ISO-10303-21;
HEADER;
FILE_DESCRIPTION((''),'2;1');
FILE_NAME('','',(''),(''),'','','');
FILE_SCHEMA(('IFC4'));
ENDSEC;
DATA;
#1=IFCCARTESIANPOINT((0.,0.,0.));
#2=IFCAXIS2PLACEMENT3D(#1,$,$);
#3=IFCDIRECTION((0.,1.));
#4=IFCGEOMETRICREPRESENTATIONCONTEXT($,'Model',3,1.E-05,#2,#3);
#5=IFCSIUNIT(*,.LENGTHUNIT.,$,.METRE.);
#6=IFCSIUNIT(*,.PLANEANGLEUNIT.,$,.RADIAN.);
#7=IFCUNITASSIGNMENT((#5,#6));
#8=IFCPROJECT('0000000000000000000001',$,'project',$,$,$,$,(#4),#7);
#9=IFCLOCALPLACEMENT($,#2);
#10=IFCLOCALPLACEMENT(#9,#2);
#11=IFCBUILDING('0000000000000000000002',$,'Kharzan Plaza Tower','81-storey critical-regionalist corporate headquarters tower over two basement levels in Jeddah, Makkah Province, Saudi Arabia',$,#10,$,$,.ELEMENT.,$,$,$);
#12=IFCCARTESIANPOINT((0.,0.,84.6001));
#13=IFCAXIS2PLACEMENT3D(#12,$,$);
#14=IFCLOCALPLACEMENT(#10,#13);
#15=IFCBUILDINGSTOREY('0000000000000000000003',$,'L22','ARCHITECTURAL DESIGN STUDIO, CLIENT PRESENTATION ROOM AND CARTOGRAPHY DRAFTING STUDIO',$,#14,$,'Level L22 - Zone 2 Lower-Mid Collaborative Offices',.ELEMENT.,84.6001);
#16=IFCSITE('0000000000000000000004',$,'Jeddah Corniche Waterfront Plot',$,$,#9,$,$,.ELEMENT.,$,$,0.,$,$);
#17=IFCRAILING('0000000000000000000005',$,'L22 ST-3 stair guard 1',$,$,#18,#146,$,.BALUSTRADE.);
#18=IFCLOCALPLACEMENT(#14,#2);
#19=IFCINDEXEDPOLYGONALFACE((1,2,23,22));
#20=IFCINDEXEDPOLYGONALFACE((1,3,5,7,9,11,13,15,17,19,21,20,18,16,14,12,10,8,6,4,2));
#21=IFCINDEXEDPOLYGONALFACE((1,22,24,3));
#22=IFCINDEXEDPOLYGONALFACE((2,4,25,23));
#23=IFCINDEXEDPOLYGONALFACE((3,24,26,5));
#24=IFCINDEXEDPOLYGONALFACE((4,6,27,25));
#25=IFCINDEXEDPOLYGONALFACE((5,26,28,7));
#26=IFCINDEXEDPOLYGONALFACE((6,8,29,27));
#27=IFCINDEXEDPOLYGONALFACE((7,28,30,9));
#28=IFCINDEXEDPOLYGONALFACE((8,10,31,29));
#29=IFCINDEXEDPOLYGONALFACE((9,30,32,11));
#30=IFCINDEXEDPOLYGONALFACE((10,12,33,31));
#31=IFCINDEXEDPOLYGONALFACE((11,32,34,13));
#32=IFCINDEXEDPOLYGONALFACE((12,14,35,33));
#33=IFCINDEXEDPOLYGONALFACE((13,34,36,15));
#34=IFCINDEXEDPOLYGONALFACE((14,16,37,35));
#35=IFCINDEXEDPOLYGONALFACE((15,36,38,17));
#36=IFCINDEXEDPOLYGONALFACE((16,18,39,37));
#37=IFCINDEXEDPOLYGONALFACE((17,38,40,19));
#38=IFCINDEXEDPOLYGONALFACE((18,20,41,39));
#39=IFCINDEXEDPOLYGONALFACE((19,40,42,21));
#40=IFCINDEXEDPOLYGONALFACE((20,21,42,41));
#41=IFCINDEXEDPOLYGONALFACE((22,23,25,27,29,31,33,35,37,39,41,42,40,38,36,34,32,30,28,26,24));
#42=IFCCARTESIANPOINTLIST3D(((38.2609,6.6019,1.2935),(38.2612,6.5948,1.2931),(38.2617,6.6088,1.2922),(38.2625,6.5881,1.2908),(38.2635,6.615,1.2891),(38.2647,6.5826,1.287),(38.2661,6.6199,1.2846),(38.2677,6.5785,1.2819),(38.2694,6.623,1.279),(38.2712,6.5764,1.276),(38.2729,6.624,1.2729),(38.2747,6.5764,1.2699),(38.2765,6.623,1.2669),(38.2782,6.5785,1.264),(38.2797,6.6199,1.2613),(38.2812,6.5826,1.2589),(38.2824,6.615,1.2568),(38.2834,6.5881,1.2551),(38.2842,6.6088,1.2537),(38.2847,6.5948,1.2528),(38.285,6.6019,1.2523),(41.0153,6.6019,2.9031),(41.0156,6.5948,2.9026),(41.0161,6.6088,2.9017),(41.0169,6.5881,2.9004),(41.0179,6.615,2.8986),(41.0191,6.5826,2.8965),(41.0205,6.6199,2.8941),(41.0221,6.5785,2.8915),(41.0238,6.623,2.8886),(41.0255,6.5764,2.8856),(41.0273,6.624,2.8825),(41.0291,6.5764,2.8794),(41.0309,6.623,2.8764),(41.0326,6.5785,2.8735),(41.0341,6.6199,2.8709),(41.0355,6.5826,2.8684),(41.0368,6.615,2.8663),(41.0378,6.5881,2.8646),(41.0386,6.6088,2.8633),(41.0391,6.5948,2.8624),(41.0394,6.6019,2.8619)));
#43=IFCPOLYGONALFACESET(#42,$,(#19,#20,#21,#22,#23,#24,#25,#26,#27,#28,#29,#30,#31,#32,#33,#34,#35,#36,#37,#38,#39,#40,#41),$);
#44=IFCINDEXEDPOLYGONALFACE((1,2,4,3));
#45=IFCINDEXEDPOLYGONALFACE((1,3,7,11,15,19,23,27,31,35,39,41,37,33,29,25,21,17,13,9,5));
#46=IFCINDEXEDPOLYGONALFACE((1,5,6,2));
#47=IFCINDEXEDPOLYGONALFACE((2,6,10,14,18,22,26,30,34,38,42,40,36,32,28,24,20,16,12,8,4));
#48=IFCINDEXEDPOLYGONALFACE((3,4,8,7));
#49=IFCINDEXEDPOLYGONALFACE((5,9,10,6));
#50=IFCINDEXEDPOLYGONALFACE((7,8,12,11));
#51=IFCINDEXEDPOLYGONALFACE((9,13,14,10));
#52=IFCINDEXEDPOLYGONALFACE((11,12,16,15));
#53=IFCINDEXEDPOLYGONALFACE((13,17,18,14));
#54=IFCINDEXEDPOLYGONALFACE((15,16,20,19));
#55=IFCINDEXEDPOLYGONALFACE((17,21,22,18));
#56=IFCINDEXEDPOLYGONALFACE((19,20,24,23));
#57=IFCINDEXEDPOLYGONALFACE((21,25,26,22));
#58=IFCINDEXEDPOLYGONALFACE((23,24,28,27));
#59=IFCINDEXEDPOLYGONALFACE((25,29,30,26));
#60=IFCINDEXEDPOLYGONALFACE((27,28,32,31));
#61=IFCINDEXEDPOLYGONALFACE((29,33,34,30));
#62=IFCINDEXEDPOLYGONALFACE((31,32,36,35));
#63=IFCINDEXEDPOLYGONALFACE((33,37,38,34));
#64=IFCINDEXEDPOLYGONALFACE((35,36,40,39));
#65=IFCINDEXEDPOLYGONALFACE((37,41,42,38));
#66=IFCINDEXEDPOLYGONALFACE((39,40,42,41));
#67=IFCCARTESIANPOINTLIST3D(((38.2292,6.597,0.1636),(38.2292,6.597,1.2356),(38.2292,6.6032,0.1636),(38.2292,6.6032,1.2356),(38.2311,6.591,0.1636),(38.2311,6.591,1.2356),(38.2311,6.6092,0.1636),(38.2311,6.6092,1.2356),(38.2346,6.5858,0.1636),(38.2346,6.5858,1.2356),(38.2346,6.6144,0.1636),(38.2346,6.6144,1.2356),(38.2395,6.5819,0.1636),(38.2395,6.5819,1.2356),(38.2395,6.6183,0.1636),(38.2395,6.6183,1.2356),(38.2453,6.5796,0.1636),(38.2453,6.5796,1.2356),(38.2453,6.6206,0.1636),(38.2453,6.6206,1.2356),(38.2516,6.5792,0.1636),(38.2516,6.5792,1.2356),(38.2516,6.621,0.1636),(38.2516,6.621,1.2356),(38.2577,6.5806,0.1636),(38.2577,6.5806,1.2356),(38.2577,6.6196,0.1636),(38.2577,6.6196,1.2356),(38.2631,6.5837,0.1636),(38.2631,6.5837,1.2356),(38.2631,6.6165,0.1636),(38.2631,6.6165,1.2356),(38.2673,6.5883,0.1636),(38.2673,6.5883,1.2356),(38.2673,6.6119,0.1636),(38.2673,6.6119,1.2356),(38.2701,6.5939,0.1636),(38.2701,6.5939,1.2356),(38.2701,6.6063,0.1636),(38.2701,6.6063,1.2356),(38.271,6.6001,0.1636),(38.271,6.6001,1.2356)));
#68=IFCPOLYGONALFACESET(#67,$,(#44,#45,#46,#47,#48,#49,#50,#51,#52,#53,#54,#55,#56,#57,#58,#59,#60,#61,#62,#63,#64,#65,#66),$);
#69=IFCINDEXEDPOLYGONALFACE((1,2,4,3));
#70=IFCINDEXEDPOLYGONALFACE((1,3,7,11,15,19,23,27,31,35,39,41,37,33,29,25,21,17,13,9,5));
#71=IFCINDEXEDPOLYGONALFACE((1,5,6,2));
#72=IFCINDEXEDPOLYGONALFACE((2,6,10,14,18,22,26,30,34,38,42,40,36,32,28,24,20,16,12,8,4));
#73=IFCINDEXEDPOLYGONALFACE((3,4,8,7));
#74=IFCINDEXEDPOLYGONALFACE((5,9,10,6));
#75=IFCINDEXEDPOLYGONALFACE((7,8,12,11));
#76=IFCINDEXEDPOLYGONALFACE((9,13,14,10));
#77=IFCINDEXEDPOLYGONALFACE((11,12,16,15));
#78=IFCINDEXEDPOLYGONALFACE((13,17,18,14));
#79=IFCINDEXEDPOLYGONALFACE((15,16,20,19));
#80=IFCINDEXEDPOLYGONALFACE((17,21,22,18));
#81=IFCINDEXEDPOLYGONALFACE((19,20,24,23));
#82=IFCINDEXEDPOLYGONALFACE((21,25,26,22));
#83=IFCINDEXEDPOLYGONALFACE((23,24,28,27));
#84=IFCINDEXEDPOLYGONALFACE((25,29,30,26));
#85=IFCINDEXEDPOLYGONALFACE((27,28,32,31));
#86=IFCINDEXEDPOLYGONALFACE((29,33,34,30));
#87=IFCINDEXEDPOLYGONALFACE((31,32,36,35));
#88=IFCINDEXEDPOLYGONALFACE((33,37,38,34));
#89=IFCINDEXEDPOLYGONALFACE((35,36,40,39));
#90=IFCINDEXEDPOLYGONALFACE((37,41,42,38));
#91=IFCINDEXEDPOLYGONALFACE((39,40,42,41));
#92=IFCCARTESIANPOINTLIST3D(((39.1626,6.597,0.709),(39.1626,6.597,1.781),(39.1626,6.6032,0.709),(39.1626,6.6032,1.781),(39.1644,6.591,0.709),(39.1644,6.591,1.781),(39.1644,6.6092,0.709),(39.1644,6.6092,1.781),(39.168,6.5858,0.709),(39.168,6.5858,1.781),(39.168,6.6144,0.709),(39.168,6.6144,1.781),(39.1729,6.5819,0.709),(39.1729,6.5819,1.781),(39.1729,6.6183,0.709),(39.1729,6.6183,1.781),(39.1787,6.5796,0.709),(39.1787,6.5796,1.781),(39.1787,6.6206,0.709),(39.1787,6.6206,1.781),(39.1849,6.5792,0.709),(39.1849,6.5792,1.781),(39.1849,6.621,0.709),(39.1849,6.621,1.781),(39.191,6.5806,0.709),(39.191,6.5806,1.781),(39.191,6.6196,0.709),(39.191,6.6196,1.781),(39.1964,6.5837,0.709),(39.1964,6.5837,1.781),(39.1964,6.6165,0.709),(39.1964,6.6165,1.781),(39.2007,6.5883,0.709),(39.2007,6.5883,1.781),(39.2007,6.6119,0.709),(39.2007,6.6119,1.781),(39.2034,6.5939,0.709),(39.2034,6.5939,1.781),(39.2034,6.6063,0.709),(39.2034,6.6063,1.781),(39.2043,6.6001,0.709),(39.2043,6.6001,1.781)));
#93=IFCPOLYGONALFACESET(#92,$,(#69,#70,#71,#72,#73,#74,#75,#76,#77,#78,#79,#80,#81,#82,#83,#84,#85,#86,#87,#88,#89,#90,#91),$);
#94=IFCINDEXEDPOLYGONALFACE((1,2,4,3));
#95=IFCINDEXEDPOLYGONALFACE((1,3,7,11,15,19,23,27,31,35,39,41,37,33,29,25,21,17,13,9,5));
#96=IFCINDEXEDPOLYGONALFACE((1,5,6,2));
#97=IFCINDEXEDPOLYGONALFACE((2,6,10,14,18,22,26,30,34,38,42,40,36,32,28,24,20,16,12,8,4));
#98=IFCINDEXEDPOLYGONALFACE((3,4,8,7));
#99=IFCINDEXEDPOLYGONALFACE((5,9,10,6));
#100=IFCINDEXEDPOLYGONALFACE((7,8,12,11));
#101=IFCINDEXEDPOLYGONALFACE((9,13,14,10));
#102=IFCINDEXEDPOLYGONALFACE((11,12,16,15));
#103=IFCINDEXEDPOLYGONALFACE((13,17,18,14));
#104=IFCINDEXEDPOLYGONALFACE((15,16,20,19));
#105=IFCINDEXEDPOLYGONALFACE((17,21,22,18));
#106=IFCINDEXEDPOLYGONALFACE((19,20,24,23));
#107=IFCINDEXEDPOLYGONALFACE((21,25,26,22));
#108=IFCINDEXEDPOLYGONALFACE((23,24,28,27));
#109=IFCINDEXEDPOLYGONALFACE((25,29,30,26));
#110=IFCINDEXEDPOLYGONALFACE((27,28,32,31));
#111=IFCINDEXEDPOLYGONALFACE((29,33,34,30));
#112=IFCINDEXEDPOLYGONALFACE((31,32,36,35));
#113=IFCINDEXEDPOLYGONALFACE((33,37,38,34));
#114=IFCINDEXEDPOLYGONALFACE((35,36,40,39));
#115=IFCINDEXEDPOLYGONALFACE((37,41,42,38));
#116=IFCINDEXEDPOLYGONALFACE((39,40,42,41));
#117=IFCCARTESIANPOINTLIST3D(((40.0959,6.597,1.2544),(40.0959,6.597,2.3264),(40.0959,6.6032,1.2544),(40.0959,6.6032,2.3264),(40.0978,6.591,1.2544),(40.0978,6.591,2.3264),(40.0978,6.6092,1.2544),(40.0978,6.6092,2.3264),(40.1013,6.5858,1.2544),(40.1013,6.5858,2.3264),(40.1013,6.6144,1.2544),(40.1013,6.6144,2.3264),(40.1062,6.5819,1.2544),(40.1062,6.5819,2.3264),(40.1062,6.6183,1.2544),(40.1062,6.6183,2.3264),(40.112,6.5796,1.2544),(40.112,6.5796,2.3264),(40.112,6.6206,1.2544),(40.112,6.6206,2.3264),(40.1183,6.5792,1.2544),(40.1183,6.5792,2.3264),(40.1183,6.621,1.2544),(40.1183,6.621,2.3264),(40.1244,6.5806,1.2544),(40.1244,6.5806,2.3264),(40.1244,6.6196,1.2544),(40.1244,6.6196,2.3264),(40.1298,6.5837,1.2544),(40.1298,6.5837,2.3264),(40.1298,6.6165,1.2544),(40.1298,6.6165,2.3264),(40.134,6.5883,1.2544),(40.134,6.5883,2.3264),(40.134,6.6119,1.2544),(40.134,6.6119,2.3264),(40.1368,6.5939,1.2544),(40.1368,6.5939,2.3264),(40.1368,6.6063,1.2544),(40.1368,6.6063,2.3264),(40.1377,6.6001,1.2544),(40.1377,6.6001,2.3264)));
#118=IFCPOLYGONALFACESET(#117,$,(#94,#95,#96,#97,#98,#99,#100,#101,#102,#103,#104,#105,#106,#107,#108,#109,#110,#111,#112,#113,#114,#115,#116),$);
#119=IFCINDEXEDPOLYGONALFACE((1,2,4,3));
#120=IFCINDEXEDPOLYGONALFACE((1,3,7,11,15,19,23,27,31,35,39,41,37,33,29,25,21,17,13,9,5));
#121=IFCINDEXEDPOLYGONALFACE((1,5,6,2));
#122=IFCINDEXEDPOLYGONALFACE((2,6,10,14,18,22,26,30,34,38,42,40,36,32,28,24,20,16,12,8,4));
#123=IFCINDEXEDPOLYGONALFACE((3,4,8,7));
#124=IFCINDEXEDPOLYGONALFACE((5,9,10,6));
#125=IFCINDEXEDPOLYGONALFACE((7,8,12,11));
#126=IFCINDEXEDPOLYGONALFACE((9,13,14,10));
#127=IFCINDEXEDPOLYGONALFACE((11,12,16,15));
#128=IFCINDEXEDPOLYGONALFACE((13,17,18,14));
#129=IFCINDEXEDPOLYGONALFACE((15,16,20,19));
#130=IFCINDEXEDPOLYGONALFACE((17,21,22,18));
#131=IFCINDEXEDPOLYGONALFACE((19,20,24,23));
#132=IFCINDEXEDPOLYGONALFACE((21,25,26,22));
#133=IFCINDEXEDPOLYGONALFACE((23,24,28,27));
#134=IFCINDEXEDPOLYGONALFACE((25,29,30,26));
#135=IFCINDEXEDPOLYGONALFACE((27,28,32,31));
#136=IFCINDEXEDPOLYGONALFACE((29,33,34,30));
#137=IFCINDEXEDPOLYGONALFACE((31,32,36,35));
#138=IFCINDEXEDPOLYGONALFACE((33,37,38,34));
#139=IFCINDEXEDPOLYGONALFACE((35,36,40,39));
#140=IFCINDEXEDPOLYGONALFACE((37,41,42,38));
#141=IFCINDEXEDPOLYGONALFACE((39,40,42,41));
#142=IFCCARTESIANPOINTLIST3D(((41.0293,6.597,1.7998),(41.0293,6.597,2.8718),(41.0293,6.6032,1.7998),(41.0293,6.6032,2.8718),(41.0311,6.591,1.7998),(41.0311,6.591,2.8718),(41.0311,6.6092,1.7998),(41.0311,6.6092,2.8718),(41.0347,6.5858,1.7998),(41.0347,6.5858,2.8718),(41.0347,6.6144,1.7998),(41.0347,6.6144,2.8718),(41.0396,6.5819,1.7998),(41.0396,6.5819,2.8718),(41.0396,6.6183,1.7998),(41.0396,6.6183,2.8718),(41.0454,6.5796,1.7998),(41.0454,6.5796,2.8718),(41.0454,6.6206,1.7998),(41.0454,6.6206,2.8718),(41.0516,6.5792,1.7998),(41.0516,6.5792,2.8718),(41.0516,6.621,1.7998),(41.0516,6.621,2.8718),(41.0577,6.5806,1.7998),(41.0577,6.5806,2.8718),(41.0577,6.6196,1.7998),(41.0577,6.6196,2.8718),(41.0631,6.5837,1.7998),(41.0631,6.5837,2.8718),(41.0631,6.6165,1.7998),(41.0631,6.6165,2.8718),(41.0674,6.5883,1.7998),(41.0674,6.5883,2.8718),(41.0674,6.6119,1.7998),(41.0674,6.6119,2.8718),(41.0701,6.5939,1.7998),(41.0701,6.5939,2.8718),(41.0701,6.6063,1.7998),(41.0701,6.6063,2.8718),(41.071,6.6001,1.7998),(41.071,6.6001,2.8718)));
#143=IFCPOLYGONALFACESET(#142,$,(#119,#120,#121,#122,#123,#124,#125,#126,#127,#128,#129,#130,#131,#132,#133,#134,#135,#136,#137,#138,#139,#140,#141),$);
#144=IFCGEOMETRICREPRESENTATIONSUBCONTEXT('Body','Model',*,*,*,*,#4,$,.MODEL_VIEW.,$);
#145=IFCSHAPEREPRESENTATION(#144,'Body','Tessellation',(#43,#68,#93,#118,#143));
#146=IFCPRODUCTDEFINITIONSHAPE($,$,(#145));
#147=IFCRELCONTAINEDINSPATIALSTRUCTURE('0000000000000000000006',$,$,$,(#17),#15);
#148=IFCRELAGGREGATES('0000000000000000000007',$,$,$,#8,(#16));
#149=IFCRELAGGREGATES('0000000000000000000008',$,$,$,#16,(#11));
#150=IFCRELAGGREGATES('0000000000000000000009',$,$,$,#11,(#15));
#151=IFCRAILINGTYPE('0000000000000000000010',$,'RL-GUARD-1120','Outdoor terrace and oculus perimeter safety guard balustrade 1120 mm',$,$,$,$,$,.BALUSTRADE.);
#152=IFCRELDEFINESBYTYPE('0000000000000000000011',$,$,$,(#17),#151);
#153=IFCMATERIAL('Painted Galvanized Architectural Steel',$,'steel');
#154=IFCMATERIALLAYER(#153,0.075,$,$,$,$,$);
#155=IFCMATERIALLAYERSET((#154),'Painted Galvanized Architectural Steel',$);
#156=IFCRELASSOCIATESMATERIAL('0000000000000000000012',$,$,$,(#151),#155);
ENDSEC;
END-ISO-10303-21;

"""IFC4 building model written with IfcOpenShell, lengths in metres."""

from ifc_helpers import new_model, si_unit, direction, frame, origin, origin_2d, place, context, subcontext, project, spatial, circle, extrude, source, transform, mapped, material, layer, layer_set, type_object, element, save


model = new_model("IFC4")

# Units and contexts
model_context = context("Model", 3, precision=1e-05, world=origin(), true_north=direction((0.0, 1.0)))
body_context = subcontext(model_context, "Body", "Model", "MODEL_VIEW")
ifc_project = project(units=[si_unit("LENGTHUNIT", "METRE"), si_unit("PLANEANGLEUNIT", "RADIAN")], contexts=[model_context])

# Site, building, storey
site_placement = place(None, origin())
site = spatial("IfcSite", under=ifc_project, at=site_placement, Name="Jeddah Corniche Waterfront Plot", CompositionType="ELEMENT", RefElevation=0.0)
building_placement = place(site_placement, origin())
building = spatial("IfcBuilding", under=site, at=building_placement, Name="Kharzan Plaza Tower", Description="81-storey critical-regionalist corporate headquarters tower over two basement levels in Jeddah, Makkah Province, Saudi Arabia", CompositionType="ELEMENT")
storey_placement = place(building_placement, frame((0.0, 0.0, 84.6001)))
storey = spatial("IfcBuildingStorey", under=building, at=storey_placement, Name="L22", Description="ARCHITECTURAL DESIGN STUDIO, CLIENT PRESENTATION ROOM AND CARTOGRAPHY DRAFTING STUDIO", LongName="Level L22 - Zone 2 Lower-Mid Collaborative Offices", CompositionType="ELEMENT", Elevation=84.6001)

# Railing
ifc_material_1 = material(Name="Painted Galvanized Architectural Steel", Category="steel")
ifc_layer_1 = layer(ifc_material_1, 0.075)
ifc_layer_set_1 = layer_set([ifc_layer_1], Name="Painted Galvanized Architectural Steel")
railing_type_1 = type_object("IfcRailingType", Name="RL-GUARD-1120", Description="Outdoor terrace and oculus perimeter safety guard balustrade 1120 mm", PredefinedType="BALUSTRADE", material=ifc_layer_set_1)
shared_shape_1 = source(origin(), body_context, "Body", "SweptSolid", [
    extrude(circle(Radius=0.0239, at=origin_2d()), frame((0.0229, 0.0, 1.1094), z_axis=(0.863394, 0.0, 0.504531), x_axis=(0.0, 1.0, 0.0)), (0.0, 0.0, 1.0), 3.1902),
    extrude(circle(Radius=0.021, at=origin_2d()), origin(), (0.0, 0.0, 1.0), 1.072),
    extrude(circle(Radius=0.021, at=origin_2d()), frame((0.9333, 0.0, 0.5454)), (0.0, 0.0, 1.0), 1.072),
    extrude(circle(Radius=0.021, at=origin_2d()), frame((1.8667, 0.0, 1.0908)), (0.0, 0.0, 1.0), 1.072),
    extrude(circle(Radius=0.021, at=origin_2d()), frame((2.8, 0.0, 1.6362)), (0.0, 0.0, 1.0), 1.072),
])
railing_1_placement = place(storey_placement, frame((38.25, 6.6001, 0.1636)))
element("IfcRailing", 1, at=railing_1_placement, inside=storey, type_object=railing_type_1, Name="L22 ST-3 stair guard 1", PredefinedType="BALUSTRADE", context=body_context, shape_type="MappedRepresentation", body=[
    mapped(shared_shape_1, transform((0.0, 0.0, 0.0), x_axis=(1.0, 0.0, 0.0), y_axis=(0.0, 1.0, 0.0), z_axis=(0.0, 0.0, 1.0))),
])

save(model, "model.ifc")
